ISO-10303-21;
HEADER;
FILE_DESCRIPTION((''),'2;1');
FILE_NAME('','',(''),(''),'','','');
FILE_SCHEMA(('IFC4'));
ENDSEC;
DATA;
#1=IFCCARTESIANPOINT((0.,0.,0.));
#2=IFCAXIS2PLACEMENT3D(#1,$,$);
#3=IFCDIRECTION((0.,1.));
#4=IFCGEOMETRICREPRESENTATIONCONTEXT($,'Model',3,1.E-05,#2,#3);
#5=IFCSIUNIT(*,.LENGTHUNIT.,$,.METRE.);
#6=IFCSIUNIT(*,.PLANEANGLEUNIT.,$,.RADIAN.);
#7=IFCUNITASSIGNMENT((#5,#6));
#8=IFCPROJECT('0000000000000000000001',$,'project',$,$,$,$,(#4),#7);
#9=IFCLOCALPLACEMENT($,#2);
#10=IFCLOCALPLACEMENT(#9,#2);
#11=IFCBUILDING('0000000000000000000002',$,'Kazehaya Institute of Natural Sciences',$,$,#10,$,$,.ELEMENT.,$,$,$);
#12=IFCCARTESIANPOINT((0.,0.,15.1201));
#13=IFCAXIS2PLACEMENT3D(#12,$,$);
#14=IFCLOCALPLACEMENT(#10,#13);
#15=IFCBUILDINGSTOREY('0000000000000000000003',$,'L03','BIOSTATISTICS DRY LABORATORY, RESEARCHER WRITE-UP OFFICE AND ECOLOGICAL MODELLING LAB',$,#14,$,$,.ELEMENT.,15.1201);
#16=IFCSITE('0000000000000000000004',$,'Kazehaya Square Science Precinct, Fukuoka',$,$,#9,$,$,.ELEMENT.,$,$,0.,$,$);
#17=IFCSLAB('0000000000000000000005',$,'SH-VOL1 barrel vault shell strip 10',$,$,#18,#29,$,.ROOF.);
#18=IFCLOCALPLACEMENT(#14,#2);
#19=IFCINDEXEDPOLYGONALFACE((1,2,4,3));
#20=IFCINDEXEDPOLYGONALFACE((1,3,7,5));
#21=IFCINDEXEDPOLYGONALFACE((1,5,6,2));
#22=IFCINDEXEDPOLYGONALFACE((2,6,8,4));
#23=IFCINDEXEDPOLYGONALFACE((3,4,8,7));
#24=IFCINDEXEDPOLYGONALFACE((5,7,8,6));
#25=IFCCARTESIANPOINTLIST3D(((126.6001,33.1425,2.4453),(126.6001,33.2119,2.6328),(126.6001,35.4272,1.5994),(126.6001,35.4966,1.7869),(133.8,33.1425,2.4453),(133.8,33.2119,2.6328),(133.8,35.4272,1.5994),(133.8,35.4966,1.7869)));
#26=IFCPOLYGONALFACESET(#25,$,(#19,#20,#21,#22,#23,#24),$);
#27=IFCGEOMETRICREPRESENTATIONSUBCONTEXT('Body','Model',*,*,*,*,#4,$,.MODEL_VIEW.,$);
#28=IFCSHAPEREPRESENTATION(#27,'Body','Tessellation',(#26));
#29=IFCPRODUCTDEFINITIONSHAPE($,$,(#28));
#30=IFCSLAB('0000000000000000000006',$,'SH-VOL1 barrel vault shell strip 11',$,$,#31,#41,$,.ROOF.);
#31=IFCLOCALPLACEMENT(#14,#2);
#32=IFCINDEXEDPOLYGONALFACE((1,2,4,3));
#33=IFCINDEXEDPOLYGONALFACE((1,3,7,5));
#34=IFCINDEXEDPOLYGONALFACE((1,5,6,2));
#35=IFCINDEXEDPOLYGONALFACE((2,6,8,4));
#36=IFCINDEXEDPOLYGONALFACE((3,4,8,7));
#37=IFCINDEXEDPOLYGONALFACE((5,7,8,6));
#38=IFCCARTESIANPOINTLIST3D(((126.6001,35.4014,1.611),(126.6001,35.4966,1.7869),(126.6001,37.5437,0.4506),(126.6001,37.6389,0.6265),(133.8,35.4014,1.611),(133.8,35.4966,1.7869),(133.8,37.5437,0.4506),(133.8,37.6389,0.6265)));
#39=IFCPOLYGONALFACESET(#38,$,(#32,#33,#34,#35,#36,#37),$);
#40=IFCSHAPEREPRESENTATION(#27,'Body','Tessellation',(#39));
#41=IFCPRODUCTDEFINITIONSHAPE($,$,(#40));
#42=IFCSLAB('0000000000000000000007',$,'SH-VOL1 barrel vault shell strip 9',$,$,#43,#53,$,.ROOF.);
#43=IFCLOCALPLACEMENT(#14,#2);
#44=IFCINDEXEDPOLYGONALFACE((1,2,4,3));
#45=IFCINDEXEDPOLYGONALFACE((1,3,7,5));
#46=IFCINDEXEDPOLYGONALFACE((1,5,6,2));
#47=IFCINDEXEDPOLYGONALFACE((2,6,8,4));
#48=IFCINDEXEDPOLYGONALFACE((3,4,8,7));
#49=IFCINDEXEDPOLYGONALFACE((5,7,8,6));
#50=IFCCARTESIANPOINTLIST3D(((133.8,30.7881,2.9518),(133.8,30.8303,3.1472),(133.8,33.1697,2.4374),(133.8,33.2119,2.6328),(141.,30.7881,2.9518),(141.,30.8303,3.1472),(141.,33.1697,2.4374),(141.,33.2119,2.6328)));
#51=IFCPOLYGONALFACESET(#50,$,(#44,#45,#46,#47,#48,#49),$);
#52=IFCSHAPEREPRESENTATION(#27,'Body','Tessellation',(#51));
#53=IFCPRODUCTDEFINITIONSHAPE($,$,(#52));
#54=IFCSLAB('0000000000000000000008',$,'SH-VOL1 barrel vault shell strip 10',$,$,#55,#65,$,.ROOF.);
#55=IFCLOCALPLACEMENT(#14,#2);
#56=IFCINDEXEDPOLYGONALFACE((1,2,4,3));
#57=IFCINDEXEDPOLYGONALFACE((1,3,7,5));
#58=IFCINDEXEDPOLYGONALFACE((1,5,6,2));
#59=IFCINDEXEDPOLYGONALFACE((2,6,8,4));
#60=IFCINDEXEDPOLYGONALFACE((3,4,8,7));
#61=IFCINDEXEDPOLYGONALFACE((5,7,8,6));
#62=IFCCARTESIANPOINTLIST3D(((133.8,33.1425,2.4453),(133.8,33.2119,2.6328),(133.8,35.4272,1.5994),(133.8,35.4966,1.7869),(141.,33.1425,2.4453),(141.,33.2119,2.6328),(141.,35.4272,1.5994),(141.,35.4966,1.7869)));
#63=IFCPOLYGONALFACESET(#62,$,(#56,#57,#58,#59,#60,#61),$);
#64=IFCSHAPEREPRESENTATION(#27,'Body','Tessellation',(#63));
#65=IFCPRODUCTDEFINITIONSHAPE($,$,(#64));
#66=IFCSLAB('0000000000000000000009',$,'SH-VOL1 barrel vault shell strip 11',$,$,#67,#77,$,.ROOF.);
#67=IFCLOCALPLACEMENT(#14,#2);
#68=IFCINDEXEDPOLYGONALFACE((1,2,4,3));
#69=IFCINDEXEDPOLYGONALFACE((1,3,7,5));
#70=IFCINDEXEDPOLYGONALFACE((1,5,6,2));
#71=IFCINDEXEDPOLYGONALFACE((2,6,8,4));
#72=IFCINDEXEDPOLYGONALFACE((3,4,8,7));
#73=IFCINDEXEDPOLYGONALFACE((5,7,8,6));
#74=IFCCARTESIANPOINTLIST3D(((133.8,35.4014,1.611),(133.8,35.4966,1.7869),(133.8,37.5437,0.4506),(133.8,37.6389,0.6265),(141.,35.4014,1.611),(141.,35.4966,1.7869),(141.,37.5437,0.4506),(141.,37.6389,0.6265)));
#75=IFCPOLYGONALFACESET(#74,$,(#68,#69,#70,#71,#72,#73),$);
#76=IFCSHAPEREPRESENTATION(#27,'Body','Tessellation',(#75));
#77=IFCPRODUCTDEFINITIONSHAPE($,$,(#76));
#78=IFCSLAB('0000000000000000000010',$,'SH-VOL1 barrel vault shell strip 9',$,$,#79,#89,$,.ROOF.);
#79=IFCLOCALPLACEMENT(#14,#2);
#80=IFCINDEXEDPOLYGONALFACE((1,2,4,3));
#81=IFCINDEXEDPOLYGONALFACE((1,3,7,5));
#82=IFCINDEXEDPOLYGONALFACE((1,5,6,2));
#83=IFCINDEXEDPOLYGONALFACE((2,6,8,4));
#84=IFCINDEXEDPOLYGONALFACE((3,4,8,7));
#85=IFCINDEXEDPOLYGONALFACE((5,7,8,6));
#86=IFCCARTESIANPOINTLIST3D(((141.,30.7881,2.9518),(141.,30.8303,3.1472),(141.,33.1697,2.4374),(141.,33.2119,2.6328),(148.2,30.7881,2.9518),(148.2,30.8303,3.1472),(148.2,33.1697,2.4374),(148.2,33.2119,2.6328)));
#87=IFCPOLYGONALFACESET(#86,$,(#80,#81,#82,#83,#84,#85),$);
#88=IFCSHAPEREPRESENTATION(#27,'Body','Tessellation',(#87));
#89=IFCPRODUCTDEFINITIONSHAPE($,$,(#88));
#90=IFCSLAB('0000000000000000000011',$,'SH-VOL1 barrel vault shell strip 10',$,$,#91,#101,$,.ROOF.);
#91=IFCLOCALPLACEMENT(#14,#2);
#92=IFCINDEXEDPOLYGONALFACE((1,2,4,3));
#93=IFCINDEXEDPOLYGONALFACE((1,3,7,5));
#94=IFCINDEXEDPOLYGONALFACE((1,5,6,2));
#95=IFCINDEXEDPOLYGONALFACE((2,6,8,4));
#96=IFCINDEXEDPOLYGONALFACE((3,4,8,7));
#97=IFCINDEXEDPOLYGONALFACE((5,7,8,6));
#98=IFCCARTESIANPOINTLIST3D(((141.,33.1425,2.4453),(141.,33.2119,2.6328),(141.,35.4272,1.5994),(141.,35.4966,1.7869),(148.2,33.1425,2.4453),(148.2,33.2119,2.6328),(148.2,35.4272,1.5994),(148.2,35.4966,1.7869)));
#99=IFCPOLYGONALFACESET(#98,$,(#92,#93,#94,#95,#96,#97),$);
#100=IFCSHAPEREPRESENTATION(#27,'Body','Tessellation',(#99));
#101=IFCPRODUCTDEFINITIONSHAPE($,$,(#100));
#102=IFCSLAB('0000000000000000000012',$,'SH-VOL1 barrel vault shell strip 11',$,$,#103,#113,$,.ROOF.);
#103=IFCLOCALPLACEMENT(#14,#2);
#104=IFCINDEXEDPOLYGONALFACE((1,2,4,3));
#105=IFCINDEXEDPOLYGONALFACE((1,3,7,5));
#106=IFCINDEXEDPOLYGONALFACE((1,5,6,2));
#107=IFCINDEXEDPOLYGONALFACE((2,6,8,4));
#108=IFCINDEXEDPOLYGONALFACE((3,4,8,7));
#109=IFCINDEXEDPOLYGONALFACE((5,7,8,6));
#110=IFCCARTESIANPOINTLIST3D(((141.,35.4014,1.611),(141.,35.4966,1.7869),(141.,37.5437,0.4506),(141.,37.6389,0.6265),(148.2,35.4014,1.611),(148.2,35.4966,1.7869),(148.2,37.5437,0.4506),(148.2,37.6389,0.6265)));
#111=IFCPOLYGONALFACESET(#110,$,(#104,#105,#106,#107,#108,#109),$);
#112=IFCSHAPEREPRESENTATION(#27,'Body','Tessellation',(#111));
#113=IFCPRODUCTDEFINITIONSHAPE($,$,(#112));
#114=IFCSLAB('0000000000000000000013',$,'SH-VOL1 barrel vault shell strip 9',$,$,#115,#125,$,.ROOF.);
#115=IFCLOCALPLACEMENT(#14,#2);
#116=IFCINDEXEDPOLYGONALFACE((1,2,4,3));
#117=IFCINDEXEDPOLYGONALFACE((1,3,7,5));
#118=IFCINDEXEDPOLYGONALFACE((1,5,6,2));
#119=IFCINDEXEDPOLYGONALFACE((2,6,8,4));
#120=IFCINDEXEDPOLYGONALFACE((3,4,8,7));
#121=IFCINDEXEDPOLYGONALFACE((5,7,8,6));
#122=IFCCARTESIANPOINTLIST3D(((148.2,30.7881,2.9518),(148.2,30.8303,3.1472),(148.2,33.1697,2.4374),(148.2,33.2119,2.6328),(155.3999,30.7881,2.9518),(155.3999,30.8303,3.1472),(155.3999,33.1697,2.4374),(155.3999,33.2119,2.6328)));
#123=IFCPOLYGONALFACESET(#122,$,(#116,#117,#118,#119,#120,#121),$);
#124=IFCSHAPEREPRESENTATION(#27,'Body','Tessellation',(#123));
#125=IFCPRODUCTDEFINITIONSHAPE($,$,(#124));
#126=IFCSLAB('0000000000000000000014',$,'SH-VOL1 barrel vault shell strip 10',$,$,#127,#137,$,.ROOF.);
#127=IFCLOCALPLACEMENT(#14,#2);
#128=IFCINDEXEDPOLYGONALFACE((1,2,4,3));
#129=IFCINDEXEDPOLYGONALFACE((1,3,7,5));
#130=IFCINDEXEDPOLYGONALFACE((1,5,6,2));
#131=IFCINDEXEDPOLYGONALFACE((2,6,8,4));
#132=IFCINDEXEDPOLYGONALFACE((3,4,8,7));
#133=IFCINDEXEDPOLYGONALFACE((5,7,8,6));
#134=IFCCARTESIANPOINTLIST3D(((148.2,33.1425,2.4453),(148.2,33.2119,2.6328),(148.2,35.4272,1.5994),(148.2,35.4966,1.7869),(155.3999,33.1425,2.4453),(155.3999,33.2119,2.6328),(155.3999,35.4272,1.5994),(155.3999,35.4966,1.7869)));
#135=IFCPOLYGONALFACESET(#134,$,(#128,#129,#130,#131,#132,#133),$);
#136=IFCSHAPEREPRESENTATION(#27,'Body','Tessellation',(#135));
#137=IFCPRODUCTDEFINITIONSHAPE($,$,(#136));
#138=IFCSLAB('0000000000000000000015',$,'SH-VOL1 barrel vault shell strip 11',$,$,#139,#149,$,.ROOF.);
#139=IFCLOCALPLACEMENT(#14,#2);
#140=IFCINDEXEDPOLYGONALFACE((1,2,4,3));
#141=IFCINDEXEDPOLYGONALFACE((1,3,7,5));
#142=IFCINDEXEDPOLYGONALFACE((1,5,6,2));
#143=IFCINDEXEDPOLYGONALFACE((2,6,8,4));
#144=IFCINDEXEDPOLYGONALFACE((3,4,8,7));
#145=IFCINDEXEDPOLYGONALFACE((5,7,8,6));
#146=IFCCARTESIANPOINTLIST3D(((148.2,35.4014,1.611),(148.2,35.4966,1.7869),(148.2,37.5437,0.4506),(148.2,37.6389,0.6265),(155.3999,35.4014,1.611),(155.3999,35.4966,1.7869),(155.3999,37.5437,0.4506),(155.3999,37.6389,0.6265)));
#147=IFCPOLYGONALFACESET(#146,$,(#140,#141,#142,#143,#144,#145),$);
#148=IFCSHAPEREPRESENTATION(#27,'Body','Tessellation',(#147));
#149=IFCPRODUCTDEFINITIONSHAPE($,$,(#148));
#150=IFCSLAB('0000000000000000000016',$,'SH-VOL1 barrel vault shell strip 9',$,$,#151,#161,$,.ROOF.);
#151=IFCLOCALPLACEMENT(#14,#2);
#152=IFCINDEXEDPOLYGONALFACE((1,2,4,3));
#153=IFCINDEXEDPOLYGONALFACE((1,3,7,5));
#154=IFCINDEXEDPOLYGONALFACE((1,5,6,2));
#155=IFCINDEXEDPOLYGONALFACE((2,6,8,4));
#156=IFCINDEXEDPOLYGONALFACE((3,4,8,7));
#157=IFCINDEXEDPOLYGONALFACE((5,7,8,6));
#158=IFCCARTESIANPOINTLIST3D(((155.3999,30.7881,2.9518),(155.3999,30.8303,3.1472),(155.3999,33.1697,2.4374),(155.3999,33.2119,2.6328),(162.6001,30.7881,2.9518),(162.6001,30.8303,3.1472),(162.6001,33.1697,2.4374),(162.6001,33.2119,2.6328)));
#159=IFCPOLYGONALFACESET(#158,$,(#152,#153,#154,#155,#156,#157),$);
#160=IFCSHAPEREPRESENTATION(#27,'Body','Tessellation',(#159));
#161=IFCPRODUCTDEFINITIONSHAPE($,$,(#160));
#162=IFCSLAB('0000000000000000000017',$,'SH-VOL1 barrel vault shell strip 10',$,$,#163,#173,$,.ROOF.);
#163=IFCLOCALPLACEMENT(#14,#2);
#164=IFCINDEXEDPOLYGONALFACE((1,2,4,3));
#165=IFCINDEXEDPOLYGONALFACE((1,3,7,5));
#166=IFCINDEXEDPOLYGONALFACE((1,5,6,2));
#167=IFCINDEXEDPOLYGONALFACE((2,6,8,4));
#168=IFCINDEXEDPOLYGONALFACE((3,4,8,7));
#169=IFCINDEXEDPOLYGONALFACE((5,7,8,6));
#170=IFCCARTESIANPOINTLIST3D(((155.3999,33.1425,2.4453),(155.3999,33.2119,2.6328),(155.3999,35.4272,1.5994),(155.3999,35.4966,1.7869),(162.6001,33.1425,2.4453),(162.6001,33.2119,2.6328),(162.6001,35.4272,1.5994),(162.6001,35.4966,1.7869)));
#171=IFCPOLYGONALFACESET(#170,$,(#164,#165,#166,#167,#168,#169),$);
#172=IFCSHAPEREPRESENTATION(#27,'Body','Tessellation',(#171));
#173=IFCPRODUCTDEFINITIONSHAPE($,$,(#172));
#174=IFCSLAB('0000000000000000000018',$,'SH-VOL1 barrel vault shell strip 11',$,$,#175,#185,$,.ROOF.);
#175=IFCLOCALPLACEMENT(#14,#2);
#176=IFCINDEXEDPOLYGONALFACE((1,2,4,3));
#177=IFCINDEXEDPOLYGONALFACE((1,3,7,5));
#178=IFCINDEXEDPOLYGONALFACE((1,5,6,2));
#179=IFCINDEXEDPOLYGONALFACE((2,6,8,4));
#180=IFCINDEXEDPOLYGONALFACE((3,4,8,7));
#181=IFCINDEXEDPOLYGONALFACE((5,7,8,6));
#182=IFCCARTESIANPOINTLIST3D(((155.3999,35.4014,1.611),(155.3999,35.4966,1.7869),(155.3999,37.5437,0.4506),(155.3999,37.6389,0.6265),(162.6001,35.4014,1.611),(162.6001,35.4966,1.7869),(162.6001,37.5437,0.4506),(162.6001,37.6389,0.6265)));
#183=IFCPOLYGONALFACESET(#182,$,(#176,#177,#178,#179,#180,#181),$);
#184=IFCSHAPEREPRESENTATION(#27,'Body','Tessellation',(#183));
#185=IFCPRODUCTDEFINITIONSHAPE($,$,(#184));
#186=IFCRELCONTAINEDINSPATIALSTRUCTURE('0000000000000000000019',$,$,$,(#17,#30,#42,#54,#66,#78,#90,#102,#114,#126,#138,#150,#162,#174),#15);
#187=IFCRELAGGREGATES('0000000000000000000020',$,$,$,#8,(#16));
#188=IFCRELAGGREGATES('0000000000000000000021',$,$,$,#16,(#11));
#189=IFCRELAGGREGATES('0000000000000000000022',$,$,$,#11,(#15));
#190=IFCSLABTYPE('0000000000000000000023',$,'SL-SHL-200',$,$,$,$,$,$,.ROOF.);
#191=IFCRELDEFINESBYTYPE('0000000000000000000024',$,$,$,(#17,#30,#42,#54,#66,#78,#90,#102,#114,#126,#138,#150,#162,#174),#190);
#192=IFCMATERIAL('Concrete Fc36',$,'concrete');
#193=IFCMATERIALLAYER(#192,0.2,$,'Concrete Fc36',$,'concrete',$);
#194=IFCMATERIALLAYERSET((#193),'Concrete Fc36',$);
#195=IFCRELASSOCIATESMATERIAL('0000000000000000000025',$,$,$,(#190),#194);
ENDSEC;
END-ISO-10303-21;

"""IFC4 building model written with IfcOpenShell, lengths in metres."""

from ifc_helpers import new_model, si_unit, direction, frame, origin, place, context, subcontext, project, spatial, polyline, outline, extrude, material, layer, layer_set, type_object, element, save


model = new_model("IFC4")

# Units and contexts
model_context = context("Model", 3, precision=1e-05, world=origin(), true_north=direction((0.0, 1.0)))
body_context = subcontext(model_context, "Body", "Model", "MODEL_VIEW")
ifc_project = project(units=[si_unit("LENGTHUNIT", "METRE"), si_unit("PLANEANGLEUNIT", "RADIAN")], contexts=[model_context])

# Site, building, storey
site_placement = place(None, origin())
site = spatial("IfcSite", under=ifc_project, at=site_placement, Name="Kazehaya Square Science Precinct, Fukuoka", CompositionType="ELEMENT", RefElevation=0.0)
building_placement = place(site_placement, origin())
building = spatial("IfcBuilding", under=site, at=building_placement, Name="Kazehaya Institute of Natural Sciences", CompositionType="ELEMENT")
storey_placement = place(building_placement, frame((0.0, 0.0, 15.1201)))
storey = spatial("IfcBuildingStorey", under=building, at=storey_placement, Name="L03", Description="BIOSTATISTICS DRY LABORATORY, RESEARCHER WRITE-UP OFFICE AND ECOLOGICAL MODELLING LAB", CompositionType="ELEMENT", Elevation=15.1201)

# Slabs
ifc_material_1 = material(Name="Concrete Fc36", Category="concrete")
ifc_layer_1 = layer(ifc_material_1, 0.2, Name="Concrete Fc36", Category="concrete")
ifc_layer_set_1 = layer_set([ifc_layer_1], Name="Concrete Fc36")
slab_type = type_object("IfcSlabType", Name="SL-SHL-200", PredefinedType="ROOF", material=ifc_layer_set_1)
slab_1_placement = place(storey_placement, frame((126.6001, 33.2119, 2.6328), z_axis=(0.0, 0.347233, 0.937779), x_axis=(1.0, 0.0, 0.0)))
element("IfcSlab", 1, at=slab_1_placement, inside=storey, type_object=slab_type, Name="SH-VOL1 barrel vault shell strip 10", PredefinedType="ROOF", context=body_context, shape_type="SweptSolid", body=[
    extrude(outline(polyline([(0.0, 0.0), (7.2, 0.0), (7.2, 2.4363), (0.0, 2.4363), (0.0, 0.0)])), origin(), (0.0, 0.0, -1.0), 0.2),
])
slab_2_placement = place(storey_placement, frame((126.6001, 35.4966, 1.7869), z_axis=(0.0, 0.476273, 0.879297), x_axis=(1.0, 0.0, 0.0)))
element("IfcSlab", 2, at=slab_2_placement, inside=storey, type_object=slab_type, Name="SH-VOL1 barrel vault shell strip 11", PredefinedType="ROOF", context=body_context, shape_type="SweptSolid", body=[
    extrude(outline(polyline([(0.0, 0.0), (7.2, 0.0), (7.2, 2.4364), (0.0, 2.4364), (0.0, 0.0)])), origin(), (0.0, 0.0, -1.0), 0.2),
])
slab_3_placement = place(storey_placement, frame((133.8, 30.8303, 3.1472), z_axis=(0.0, 0.211123, 0.977459), x_axis=(1.0, 0.0, 0.0)))
element("IfcSlab", 3, at=slab_3_placement, inside=storey, type_object=slab_type, Name="SH-VOL1 barrel vault shell strip 9", PredefinedType="ROOF", context=body_context, shape_type="SweptSolid", body=[
    extrude(outline(polyline([(0.0, 0.0), (7.2, 0.0), (7.2, 2.4365), (0.0, 2.4365), (0.0, 0.0)])), origin(), (0.0, 0.0, -1.0), 0.2),
])
slab_4_placement = place(storey_placement, frame((133.8, 33.2119, 2.6328), z_axis=(0.0, 0.347233, 0.937779), x_axis=(1.0, 0.0, 0.0)))
element("IfcSlab", 4, at=slab_4_placement, inside=storey, type_object=slab_type, Name="SH-VOL1 barrel vault shell strip 10", PredefinedType="ROOF", context=body_context, shape_type="SweptSolid", body=[
    extrude(outline(polyline([(0.0, 0.0), (7.2, 0.0), (7.2, 2.4363), (0.0, 2.4363), (0.0, 0.0)])), origin(), (0.0, 0.0, -1.0), 0.2),
])
slab_5_placement = place(storey_placement, frame((133.8, 35.4966, 1.7869), z_axis=(0.0, 0.476273, 0.879297), x_axis=(1.0, 0.0, 0.0)))
element("IfcSlab", 5, at=slab_5_placement, inside=storey, type_object=slab_type, Name="SH-VOL1 barrel vault shell strip 11", PredefinedType="ROOF", context=body_context, shape_type="SweptSolid", body=[
    extrude(outline(polyline([(0.0, 0.0), (7.2, 0.0), (7.2, 2.4364), (0.0, 2.4364), (0.0, 0.0)])), origin(), (0.0, 0.0, -1.0), 0.2),
])
slab_6_placement = place(storey_placement, frame((141.0, 30.8303, 3.1472), z_axis=(0.0, 0.211123, 0.977459), x_axis=(1.0, 0.0, 0.0)))
element("IfcSlab", 6, at=slab_6_placement, inside=storey, type_object=slab_type, Name="SH-VOL1 barrel vault shell strip 9", PredefinedType="ROOF", context=body_context, shape_type="SweptSolid", body=[
    extrude(outline(polyline([(0.0, 0.0), (7.2, 0.0), (7.2, 2.4365), (0.0, 2.4365), (0.0, 0.0)])), origin(), (0.0, 0.0, -1.0), 0.2),
])
slab_7_placement = place(storey_placement, frame((141.0, 33.2119, 2.6328), z_axis=(0.0, 0.347233, 0.937779), x_axis=(1.0, 0.0, 0.0)))
element("IfcSlab", 7, at=slab_7_placement, inside=storey, type_object=slab_type, Name="SH-VOL1 barrel vault shell strip 10", PredefinedType="ROOF", context=body_context, shape_type="SweptSolid", body=[
    extrude(outline(polyline([(0.0, 0.0), (7.2, 0.0), (7.2, 2.4363), (0.0, 2.4363), (0.0, 0.0)])), origin(), (0.0, 0.0, -1.0), 0.2),
])
slab_8_placement = place(storey_placement, frame((141.0, 35.4966, 1.7869), z_axis=(0.0, 0.476273, 0.879297), x_axis=(1.0, 0.0, 0.0)))
element("IfcSlab", 8, at=slab_8_placement, inside=storey, type_object=slab_type, Name="SH-VOL1 barrel vault shell strip 11", PredefinedType="ROOF", context=body_context, shape_type="SweptSolid", body=[
    extrude(outline(polyline([(0.0, 0.0), (7.2, 0.0), (7.2, 2.4364), (0.0, 2.4364), (0.0, 0.0)])), origin(), (0.0, 0.0, -1.0), 0.2),
])
slab_9_placement = place(storey_placement, frame((148.2, 30.8303, 3.1472), z_axis=(0.0, 0.211123, 0.977459), x_axis=(1.0, 0.0, 0.0)))
element("IfcSlab", 9, at=slab_9_placement, inside=storey, type_object=slab_type, Name="SH-VOL1 barrel vault shell strip 9", PredefinedType="ROOF", context=body_context, shape_type="SweptSolid", body=[
    extrude(outline(polyline([(0.0, 0.0), (7.2, 0.0), (7.2, 2.4365), (0.0, 2.4365), (0.0, 0.0)])), origin(), (0.0, 0.0, -1.0), 0.2),
])
slab_10_placement = place(storey_placement, frame((148.2, 33.2119, 2.6328), z_axis=(0.0, 0.347233, 0.937779), x_axis=(1.0, 0.0, 0.0)))
element("IfcSlab", 10, at=slab_10_placement, inside=storey, type_object=slab_type, Name="SH-VOL1 barrel vault shell strip 10", PredefinedType="ROOF", context=body_context, shape_type="SweptSolid", body=[
    extrude(outline(polyline([(0.0, 0.0), (7.2, 0.0), (7.2, 2.4363), (0.0, 2.4363), (0.0, 0.0)])), origin(), (0.0, 0.0, -1.0), 0.2),
])
slab_11_placement = place(storey_placement, frame((148.2, 35.4966, 1.7869), z_axis=(0.0, 0.476273, 0.879297), x_axis=(1.0, 0.0, 0.0)))
element("IfcSlab", 11, at=slab_11_placement, inside=storey, type_object=slab_type, Name="SH-VOL1 barrel vault shell strip 11", PredefinedType="ROOF", context=body_context, shape_type="SweptSolid", body=[
    extrude(outline(polyline([(0.0, 0.0), (7.2, 0.0), (7.2, 2.4364), (0.0, 2.4364), (0.0, 0.0)])), origin(), (0.0, 0.0, -1.0), 0.2),
])
slab_12_placement = place(storey_placement, frame((155.3999, 30.8303, 3.1472), z_axis=(0.0, 0.211123, 0.977459), x_axis=(1.0, 0.0, 0.0)))
element("IfcSlab", 12, at=slab_12_placement, inside=storey, type_object=slab_type, Name="SH-VOL1 barrel vault shell strip 9", PredefinedType="ROOF", context=body_context, shape_type="SweptSolid", body=[
    extrude(outline(polyline([(0.0, 0.0), (7.2002, 0.0), (7.2002, 2.4365), (0.0, 2.4365), (0.0, 0.0)])), origin(), (0.0, 0.0, -1.0), 0.2),
])
slab_13_placement = place(storey_placement, frame((155.3999, 33.2119, 2.6328), z_axis=(0.0, 0.347233, 0.937779), x_axis=(1.0, 0.0, 0.0)))
element("IfcSlab", 13, at=slab_13_placement, inside=storey, type_object=slab_type, Name="SH-VOL1 barrel vault shell strip 10", PredefinedType="ROOF", context=body_context, shape_type="SweptSolid", body=[
    extrude(outline(polyline([(0.0, 0.0), (7.2002, 0.0), (7.2002, 2.4363), (0.0, 2.4363), (0.0, 0.0)])), origin(), (0.0, 0.0, -1.0), 0.2),
])
slab_14_placement = place(storey_placement, frame((155.3999, 35.4966, 1.7869), z_axis=(0.0, 0.476273, 0.879297), x_axis=(1.0, 0.0, 0.0)))
element("IfcSlab", 14, at=slab_14_placement, inside=storey, type_object=slab_type, Name="SH-VOL1 barrel vault shell strip 11", PredefinedType="ROOF", context=body_context, shape_type="SweptSolid", body=[
    extrude(outline(polyline([(0.0, 0.0), (7.2002, 0.0), (7.2002, 2.4364), (0.0, 2.4364), (0.0, 0.0)])), origin(), (0.0, 0.0, -1.0), 0.2),
])

save(model, "model.ifc")
